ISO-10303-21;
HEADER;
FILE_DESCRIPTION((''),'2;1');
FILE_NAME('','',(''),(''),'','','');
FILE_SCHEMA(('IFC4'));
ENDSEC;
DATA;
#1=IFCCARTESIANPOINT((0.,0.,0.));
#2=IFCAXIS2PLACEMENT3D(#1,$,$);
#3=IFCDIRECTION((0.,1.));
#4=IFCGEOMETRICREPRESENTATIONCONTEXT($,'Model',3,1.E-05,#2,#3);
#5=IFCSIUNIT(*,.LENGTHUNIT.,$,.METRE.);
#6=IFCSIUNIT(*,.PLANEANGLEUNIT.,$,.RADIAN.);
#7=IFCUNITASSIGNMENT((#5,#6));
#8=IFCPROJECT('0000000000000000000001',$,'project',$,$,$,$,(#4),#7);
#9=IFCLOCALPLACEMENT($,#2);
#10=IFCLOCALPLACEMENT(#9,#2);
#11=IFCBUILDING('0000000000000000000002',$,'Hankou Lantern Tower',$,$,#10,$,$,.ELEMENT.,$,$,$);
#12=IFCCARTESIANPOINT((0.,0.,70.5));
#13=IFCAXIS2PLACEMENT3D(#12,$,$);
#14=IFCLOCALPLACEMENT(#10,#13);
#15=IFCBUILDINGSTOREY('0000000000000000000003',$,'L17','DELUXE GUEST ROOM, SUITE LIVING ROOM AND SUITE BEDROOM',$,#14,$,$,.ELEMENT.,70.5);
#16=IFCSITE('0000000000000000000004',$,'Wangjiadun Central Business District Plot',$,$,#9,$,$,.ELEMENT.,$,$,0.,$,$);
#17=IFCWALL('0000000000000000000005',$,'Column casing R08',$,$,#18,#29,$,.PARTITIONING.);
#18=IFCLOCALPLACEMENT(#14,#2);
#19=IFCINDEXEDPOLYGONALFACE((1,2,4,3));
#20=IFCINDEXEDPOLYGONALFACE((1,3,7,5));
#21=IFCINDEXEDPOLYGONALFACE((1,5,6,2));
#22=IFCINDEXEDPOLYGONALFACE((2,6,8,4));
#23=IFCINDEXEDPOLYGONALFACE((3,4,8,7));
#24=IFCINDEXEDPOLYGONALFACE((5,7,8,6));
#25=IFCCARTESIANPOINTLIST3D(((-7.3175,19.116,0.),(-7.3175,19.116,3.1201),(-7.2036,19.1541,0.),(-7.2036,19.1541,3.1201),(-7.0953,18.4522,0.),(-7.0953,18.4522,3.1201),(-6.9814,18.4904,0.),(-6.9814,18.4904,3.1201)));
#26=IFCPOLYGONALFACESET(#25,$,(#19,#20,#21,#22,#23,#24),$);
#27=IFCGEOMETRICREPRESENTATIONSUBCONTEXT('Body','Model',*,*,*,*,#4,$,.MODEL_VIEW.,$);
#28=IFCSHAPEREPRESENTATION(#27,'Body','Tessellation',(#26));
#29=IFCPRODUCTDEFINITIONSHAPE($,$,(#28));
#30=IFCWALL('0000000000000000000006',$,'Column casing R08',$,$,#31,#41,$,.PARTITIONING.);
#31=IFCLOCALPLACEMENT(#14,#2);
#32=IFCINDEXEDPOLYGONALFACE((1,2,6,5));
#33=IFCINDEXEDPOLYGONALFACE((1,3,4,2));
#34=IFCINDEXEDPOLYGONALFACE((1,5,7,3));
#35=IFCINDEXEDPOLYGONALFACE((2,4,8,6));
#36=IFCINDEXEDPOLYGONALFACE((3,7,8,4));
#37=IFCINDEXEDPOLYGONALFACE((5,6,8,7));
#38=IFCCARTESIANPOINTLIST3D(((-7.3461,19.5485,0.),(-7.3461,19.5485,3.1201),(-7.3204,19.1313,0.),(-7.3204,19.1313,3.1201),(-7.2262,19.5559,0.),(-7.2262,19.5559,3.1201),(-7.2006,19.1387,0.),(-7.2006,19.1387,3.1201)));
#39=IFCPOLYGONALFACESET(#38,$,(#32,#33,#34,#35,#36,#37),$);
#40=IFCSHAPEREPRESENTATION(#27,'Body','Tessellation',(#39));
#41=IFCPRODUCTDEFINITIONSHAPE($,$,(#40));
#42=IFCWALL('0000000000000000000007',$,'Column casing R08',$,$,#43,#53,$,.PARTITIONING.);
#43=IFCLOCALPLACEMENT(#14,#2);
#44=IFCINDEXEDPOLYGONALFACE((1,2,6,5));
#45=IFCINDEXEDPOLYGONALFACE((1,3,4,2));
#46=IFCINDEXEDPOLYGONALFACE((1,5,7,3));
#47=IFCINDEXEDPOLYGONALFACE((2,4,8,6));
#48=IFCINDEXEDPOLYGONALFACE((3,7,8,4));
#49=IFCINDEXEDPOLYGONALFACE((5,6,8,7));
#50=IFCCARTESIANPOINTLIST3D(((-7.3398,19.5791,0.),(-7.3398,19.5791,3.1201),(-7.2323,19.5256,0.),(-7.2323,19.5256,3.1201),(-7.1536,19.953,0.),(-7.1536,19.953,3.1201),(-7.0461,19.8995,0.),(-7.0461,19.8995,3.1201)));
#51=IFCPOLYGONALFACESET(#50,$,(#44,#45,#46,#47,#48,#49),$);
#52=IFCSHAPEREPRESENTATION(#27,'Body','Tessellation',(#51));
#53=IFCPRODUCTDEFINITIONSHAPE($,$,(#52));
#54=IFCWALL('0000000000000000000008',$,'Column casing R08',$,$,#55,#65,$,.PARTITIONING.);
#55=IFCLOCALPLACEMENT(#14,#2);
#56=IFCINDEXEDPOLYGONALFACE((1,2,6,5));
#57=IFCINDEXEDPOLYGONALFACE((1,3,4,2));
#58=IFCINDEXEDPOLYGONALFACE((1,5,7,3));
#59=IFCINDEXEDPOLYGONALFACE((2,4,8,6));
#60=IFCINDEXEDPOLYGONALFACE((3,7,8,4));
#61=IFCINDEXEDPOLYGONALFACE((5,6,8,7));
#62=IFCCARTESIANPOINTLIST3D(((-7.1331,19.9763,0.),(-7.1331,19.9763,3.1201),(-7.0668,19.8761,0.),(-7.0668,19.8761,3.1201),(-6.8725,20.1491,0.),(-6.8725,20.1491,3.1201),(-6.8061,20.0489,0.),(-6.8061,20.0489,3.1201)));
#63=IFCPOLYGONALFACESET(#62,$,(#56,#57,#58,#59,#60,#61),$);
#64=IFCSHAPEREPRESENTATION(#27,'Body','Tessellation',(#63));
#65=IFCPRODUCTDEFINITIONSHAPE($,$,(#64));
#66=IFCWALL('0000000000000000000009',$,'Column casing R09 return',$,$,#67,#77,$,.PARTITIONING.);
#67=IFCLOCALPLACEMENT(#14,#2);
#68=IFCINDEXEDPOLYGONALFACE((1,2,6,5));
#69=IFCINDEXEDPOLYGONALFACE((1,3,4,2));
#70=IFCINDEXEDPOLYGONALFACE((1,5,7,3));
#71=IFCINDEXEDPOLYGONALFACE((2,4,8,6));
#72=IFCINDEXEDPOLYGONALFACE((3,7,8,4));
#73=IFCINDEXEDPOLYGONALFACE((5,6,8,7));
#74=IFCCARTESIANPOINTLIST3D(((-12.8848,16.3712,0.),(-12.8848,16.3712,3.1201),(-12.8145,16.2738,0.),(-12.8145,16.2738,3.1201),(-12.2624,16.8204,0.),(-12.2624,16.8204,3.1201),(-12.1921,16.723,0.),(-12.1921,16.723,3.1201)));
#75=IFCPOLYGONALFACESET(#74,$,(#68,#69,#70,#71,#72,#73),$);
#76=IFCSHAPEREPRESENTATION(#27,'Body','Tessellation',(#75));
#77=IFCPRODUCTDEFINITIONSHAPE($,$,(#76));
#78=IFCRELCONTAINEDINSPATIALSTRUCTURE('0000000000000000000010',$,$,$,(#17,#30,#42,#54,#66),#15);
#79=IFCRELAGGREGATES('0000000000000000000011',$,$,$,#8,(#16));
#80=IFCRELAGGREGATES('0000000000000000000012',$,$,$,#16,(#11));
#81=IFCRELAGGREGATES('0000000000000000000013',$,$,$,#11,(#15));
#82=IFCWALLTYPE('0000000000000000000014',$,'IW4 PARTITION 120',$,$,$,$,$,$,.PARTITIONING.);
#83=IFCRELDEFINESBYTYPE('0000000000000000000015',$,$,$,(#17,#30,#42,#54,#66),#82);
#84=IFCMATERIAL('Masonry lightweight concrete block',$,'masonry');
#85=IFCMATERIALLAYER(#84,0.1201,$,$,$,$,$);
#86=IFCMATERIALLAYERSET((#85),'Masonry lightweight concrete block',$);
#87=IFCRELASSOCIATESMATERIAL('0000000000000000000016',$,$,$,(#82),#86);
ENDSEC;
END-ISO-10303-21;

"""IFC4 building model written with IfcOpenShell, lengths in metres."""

from ifc_helpers import new_model, si_unit, direction, frame, frame_2d, origin, place, context, subcontext, project, spatial, rectangle, extrude, material, layer, layer_set, type_object, element, save


model = new_model("IFC4")

# Units and contexts
model_context = context("Model", 3, precision=1e-05, world=origin(), true_north=direction((0.0, 1.0)))
body_context = subcontext(model_context, "Body", "Model", "MODEL_VIEW")
ifc_project = project(units=[si_unit("LENGTHUNIT", "METRE"), si_unit("PLANEANGLEUNIT", "RADIAN")], contexts=[model_context])

# Site, building, storey
site_placement = place(None, origin())
site = spatial("IfcSite", under=ifc_project, at=site_placement, Name="Wangjiadun Central Business District Plot", CompositionType="ELEMENT", RefElevation=0.0)
building_placement = place(site_placement, origin())
building = spatial("IfcBuilding", under=site, at=building_placement, Name="Hankou Lantern Tower", CompositionType="ELEMENT")
storey_placement = place(building_placement, frame((0.0, 0.0, 70.5)))
storey = spatial("IfcBuildingStorey", under=building, at=storey_placement, Name="L17", Description="DELUXE GUEST ROOM, SUITE LIVING ROOM AND SUITE BEDROOM", CompositionType="ELEMENT", Elevation=70.5)

# Walls
ifc_material_1 = material(Name="Masonry lightweight concrete block", Category="masonry")
ifc_layer_1 = layer(ifc_material_1, 0.1201)
ifc_layer_set_1 = layer_set([ifc_layer_1], Name="Masonry lightweight concrete block")
wall_type_1 = type_object("IfcWallType", Name="IW4 PARTITION 120", PredefinedType="PARTITIONING", material=ifc_layer_set_1)
wall_1_placement = place(storey_placement, frame((-7.0383, 18.4712, 0.0), z_axis=(0.0, 0.0, 1.0), x_axis=(-0.317378, 0.948299, 0.0)))
element("IfcWall", 1, at=wall_1_placement, inside=storey, type_object=wall_type_1, Name="Column casing R08", PredefinedType="PARTITIONING", context=body_context, shape_type="SweptSolid", body=[
    extrude(rectangle(XDim=0.7, YDim=0.1201, at=frame_2d((0.3501, 0.0))), origin(), (0.0, 0.0, 1.0), 3.1201),
])
wall_2_placement = place(storey_placement, frame((-7.2605, 19.135, 0.0), z_axis=(0.0, 0.0, 1.0), x_axis=(-0.061324, 0.998118, 0.0)))
element("IfcWall", 2, at=wall_2_placement, inside=storey, type_object=wall_type_1, Name="Column casing R08", PredefinedType="PARTITIONING", context=body_context, shape_type="SweptSolid", body=[
    extrude(rectangle(XDim=0.418, YDim=0.1201, at=frame_2d((0.209, 0.0))), origin(), (0.0, 0.0, 1.0), 3.1201),
])
wall_3_placement = place(storey_placement, frame((-7.2861, 19.5522, 0.0), z_axis=(0.0, 0.0, 1.0), x_axis=(0.445811, 0.895127, 0.0)))
element("IfcWall", 3, at=wall_3_placement, inside=storey, type_object=wall_type_1, Name="Column casing R08", PredefinedType="PARTITIONING", context=body_context, shape_type="SweptSolid", body=[
    extrude(rectangle(XDim=0.4177, YDim=0.1201, at=frame_2d((0.209, 0.0))), origin(), (0.0, 0.0, 1.0), 3.1201),
])
wall_4_placement = place(storey_placement, frame((-7.0999, 19.9263, 0.0), z_axis=(0.0, 0.0, 1.0), x_axis=(0.833488, 0.552537, 0.0)))
element("IfcWall", 4, at=wall_4_placement, inside=storey, type_object=wall_type_1, Name="Column casing R08", PredefinedType="PARTITIONING", context=body_context, shape_type="SweptSolid", body=[
    extrude(rectangle(XDim=0.3127, YDim=0.1201, at=frame_2d((0.1562, 0.0))), origin(), (0.0, 0.0, 1.0), 3.1201),
])
wall_5_placement = place(storey_placement, frame((-12.2273, 16.7717, 0.0), z_axis=(0.0, 0.0, 1.0), x_axis=(-0.810822, -0.585293, 0.0)))
element("IfcWall", 5, at=wall_5_placement, inside=storey, type_object=wall_type_1, Name="Column casing R09 return", PredefinedType="PARTITIONING", context=body_context, shape_type="SweptSolid", body=[
    extrude(rectangle(XDim=0.7676, YDim=0.1201, at=frame_2d((0.3838, 0.0))), origin(), (0.0, 0.0, 1.0), 3.1201),
])

save(model, "model.ifc")
